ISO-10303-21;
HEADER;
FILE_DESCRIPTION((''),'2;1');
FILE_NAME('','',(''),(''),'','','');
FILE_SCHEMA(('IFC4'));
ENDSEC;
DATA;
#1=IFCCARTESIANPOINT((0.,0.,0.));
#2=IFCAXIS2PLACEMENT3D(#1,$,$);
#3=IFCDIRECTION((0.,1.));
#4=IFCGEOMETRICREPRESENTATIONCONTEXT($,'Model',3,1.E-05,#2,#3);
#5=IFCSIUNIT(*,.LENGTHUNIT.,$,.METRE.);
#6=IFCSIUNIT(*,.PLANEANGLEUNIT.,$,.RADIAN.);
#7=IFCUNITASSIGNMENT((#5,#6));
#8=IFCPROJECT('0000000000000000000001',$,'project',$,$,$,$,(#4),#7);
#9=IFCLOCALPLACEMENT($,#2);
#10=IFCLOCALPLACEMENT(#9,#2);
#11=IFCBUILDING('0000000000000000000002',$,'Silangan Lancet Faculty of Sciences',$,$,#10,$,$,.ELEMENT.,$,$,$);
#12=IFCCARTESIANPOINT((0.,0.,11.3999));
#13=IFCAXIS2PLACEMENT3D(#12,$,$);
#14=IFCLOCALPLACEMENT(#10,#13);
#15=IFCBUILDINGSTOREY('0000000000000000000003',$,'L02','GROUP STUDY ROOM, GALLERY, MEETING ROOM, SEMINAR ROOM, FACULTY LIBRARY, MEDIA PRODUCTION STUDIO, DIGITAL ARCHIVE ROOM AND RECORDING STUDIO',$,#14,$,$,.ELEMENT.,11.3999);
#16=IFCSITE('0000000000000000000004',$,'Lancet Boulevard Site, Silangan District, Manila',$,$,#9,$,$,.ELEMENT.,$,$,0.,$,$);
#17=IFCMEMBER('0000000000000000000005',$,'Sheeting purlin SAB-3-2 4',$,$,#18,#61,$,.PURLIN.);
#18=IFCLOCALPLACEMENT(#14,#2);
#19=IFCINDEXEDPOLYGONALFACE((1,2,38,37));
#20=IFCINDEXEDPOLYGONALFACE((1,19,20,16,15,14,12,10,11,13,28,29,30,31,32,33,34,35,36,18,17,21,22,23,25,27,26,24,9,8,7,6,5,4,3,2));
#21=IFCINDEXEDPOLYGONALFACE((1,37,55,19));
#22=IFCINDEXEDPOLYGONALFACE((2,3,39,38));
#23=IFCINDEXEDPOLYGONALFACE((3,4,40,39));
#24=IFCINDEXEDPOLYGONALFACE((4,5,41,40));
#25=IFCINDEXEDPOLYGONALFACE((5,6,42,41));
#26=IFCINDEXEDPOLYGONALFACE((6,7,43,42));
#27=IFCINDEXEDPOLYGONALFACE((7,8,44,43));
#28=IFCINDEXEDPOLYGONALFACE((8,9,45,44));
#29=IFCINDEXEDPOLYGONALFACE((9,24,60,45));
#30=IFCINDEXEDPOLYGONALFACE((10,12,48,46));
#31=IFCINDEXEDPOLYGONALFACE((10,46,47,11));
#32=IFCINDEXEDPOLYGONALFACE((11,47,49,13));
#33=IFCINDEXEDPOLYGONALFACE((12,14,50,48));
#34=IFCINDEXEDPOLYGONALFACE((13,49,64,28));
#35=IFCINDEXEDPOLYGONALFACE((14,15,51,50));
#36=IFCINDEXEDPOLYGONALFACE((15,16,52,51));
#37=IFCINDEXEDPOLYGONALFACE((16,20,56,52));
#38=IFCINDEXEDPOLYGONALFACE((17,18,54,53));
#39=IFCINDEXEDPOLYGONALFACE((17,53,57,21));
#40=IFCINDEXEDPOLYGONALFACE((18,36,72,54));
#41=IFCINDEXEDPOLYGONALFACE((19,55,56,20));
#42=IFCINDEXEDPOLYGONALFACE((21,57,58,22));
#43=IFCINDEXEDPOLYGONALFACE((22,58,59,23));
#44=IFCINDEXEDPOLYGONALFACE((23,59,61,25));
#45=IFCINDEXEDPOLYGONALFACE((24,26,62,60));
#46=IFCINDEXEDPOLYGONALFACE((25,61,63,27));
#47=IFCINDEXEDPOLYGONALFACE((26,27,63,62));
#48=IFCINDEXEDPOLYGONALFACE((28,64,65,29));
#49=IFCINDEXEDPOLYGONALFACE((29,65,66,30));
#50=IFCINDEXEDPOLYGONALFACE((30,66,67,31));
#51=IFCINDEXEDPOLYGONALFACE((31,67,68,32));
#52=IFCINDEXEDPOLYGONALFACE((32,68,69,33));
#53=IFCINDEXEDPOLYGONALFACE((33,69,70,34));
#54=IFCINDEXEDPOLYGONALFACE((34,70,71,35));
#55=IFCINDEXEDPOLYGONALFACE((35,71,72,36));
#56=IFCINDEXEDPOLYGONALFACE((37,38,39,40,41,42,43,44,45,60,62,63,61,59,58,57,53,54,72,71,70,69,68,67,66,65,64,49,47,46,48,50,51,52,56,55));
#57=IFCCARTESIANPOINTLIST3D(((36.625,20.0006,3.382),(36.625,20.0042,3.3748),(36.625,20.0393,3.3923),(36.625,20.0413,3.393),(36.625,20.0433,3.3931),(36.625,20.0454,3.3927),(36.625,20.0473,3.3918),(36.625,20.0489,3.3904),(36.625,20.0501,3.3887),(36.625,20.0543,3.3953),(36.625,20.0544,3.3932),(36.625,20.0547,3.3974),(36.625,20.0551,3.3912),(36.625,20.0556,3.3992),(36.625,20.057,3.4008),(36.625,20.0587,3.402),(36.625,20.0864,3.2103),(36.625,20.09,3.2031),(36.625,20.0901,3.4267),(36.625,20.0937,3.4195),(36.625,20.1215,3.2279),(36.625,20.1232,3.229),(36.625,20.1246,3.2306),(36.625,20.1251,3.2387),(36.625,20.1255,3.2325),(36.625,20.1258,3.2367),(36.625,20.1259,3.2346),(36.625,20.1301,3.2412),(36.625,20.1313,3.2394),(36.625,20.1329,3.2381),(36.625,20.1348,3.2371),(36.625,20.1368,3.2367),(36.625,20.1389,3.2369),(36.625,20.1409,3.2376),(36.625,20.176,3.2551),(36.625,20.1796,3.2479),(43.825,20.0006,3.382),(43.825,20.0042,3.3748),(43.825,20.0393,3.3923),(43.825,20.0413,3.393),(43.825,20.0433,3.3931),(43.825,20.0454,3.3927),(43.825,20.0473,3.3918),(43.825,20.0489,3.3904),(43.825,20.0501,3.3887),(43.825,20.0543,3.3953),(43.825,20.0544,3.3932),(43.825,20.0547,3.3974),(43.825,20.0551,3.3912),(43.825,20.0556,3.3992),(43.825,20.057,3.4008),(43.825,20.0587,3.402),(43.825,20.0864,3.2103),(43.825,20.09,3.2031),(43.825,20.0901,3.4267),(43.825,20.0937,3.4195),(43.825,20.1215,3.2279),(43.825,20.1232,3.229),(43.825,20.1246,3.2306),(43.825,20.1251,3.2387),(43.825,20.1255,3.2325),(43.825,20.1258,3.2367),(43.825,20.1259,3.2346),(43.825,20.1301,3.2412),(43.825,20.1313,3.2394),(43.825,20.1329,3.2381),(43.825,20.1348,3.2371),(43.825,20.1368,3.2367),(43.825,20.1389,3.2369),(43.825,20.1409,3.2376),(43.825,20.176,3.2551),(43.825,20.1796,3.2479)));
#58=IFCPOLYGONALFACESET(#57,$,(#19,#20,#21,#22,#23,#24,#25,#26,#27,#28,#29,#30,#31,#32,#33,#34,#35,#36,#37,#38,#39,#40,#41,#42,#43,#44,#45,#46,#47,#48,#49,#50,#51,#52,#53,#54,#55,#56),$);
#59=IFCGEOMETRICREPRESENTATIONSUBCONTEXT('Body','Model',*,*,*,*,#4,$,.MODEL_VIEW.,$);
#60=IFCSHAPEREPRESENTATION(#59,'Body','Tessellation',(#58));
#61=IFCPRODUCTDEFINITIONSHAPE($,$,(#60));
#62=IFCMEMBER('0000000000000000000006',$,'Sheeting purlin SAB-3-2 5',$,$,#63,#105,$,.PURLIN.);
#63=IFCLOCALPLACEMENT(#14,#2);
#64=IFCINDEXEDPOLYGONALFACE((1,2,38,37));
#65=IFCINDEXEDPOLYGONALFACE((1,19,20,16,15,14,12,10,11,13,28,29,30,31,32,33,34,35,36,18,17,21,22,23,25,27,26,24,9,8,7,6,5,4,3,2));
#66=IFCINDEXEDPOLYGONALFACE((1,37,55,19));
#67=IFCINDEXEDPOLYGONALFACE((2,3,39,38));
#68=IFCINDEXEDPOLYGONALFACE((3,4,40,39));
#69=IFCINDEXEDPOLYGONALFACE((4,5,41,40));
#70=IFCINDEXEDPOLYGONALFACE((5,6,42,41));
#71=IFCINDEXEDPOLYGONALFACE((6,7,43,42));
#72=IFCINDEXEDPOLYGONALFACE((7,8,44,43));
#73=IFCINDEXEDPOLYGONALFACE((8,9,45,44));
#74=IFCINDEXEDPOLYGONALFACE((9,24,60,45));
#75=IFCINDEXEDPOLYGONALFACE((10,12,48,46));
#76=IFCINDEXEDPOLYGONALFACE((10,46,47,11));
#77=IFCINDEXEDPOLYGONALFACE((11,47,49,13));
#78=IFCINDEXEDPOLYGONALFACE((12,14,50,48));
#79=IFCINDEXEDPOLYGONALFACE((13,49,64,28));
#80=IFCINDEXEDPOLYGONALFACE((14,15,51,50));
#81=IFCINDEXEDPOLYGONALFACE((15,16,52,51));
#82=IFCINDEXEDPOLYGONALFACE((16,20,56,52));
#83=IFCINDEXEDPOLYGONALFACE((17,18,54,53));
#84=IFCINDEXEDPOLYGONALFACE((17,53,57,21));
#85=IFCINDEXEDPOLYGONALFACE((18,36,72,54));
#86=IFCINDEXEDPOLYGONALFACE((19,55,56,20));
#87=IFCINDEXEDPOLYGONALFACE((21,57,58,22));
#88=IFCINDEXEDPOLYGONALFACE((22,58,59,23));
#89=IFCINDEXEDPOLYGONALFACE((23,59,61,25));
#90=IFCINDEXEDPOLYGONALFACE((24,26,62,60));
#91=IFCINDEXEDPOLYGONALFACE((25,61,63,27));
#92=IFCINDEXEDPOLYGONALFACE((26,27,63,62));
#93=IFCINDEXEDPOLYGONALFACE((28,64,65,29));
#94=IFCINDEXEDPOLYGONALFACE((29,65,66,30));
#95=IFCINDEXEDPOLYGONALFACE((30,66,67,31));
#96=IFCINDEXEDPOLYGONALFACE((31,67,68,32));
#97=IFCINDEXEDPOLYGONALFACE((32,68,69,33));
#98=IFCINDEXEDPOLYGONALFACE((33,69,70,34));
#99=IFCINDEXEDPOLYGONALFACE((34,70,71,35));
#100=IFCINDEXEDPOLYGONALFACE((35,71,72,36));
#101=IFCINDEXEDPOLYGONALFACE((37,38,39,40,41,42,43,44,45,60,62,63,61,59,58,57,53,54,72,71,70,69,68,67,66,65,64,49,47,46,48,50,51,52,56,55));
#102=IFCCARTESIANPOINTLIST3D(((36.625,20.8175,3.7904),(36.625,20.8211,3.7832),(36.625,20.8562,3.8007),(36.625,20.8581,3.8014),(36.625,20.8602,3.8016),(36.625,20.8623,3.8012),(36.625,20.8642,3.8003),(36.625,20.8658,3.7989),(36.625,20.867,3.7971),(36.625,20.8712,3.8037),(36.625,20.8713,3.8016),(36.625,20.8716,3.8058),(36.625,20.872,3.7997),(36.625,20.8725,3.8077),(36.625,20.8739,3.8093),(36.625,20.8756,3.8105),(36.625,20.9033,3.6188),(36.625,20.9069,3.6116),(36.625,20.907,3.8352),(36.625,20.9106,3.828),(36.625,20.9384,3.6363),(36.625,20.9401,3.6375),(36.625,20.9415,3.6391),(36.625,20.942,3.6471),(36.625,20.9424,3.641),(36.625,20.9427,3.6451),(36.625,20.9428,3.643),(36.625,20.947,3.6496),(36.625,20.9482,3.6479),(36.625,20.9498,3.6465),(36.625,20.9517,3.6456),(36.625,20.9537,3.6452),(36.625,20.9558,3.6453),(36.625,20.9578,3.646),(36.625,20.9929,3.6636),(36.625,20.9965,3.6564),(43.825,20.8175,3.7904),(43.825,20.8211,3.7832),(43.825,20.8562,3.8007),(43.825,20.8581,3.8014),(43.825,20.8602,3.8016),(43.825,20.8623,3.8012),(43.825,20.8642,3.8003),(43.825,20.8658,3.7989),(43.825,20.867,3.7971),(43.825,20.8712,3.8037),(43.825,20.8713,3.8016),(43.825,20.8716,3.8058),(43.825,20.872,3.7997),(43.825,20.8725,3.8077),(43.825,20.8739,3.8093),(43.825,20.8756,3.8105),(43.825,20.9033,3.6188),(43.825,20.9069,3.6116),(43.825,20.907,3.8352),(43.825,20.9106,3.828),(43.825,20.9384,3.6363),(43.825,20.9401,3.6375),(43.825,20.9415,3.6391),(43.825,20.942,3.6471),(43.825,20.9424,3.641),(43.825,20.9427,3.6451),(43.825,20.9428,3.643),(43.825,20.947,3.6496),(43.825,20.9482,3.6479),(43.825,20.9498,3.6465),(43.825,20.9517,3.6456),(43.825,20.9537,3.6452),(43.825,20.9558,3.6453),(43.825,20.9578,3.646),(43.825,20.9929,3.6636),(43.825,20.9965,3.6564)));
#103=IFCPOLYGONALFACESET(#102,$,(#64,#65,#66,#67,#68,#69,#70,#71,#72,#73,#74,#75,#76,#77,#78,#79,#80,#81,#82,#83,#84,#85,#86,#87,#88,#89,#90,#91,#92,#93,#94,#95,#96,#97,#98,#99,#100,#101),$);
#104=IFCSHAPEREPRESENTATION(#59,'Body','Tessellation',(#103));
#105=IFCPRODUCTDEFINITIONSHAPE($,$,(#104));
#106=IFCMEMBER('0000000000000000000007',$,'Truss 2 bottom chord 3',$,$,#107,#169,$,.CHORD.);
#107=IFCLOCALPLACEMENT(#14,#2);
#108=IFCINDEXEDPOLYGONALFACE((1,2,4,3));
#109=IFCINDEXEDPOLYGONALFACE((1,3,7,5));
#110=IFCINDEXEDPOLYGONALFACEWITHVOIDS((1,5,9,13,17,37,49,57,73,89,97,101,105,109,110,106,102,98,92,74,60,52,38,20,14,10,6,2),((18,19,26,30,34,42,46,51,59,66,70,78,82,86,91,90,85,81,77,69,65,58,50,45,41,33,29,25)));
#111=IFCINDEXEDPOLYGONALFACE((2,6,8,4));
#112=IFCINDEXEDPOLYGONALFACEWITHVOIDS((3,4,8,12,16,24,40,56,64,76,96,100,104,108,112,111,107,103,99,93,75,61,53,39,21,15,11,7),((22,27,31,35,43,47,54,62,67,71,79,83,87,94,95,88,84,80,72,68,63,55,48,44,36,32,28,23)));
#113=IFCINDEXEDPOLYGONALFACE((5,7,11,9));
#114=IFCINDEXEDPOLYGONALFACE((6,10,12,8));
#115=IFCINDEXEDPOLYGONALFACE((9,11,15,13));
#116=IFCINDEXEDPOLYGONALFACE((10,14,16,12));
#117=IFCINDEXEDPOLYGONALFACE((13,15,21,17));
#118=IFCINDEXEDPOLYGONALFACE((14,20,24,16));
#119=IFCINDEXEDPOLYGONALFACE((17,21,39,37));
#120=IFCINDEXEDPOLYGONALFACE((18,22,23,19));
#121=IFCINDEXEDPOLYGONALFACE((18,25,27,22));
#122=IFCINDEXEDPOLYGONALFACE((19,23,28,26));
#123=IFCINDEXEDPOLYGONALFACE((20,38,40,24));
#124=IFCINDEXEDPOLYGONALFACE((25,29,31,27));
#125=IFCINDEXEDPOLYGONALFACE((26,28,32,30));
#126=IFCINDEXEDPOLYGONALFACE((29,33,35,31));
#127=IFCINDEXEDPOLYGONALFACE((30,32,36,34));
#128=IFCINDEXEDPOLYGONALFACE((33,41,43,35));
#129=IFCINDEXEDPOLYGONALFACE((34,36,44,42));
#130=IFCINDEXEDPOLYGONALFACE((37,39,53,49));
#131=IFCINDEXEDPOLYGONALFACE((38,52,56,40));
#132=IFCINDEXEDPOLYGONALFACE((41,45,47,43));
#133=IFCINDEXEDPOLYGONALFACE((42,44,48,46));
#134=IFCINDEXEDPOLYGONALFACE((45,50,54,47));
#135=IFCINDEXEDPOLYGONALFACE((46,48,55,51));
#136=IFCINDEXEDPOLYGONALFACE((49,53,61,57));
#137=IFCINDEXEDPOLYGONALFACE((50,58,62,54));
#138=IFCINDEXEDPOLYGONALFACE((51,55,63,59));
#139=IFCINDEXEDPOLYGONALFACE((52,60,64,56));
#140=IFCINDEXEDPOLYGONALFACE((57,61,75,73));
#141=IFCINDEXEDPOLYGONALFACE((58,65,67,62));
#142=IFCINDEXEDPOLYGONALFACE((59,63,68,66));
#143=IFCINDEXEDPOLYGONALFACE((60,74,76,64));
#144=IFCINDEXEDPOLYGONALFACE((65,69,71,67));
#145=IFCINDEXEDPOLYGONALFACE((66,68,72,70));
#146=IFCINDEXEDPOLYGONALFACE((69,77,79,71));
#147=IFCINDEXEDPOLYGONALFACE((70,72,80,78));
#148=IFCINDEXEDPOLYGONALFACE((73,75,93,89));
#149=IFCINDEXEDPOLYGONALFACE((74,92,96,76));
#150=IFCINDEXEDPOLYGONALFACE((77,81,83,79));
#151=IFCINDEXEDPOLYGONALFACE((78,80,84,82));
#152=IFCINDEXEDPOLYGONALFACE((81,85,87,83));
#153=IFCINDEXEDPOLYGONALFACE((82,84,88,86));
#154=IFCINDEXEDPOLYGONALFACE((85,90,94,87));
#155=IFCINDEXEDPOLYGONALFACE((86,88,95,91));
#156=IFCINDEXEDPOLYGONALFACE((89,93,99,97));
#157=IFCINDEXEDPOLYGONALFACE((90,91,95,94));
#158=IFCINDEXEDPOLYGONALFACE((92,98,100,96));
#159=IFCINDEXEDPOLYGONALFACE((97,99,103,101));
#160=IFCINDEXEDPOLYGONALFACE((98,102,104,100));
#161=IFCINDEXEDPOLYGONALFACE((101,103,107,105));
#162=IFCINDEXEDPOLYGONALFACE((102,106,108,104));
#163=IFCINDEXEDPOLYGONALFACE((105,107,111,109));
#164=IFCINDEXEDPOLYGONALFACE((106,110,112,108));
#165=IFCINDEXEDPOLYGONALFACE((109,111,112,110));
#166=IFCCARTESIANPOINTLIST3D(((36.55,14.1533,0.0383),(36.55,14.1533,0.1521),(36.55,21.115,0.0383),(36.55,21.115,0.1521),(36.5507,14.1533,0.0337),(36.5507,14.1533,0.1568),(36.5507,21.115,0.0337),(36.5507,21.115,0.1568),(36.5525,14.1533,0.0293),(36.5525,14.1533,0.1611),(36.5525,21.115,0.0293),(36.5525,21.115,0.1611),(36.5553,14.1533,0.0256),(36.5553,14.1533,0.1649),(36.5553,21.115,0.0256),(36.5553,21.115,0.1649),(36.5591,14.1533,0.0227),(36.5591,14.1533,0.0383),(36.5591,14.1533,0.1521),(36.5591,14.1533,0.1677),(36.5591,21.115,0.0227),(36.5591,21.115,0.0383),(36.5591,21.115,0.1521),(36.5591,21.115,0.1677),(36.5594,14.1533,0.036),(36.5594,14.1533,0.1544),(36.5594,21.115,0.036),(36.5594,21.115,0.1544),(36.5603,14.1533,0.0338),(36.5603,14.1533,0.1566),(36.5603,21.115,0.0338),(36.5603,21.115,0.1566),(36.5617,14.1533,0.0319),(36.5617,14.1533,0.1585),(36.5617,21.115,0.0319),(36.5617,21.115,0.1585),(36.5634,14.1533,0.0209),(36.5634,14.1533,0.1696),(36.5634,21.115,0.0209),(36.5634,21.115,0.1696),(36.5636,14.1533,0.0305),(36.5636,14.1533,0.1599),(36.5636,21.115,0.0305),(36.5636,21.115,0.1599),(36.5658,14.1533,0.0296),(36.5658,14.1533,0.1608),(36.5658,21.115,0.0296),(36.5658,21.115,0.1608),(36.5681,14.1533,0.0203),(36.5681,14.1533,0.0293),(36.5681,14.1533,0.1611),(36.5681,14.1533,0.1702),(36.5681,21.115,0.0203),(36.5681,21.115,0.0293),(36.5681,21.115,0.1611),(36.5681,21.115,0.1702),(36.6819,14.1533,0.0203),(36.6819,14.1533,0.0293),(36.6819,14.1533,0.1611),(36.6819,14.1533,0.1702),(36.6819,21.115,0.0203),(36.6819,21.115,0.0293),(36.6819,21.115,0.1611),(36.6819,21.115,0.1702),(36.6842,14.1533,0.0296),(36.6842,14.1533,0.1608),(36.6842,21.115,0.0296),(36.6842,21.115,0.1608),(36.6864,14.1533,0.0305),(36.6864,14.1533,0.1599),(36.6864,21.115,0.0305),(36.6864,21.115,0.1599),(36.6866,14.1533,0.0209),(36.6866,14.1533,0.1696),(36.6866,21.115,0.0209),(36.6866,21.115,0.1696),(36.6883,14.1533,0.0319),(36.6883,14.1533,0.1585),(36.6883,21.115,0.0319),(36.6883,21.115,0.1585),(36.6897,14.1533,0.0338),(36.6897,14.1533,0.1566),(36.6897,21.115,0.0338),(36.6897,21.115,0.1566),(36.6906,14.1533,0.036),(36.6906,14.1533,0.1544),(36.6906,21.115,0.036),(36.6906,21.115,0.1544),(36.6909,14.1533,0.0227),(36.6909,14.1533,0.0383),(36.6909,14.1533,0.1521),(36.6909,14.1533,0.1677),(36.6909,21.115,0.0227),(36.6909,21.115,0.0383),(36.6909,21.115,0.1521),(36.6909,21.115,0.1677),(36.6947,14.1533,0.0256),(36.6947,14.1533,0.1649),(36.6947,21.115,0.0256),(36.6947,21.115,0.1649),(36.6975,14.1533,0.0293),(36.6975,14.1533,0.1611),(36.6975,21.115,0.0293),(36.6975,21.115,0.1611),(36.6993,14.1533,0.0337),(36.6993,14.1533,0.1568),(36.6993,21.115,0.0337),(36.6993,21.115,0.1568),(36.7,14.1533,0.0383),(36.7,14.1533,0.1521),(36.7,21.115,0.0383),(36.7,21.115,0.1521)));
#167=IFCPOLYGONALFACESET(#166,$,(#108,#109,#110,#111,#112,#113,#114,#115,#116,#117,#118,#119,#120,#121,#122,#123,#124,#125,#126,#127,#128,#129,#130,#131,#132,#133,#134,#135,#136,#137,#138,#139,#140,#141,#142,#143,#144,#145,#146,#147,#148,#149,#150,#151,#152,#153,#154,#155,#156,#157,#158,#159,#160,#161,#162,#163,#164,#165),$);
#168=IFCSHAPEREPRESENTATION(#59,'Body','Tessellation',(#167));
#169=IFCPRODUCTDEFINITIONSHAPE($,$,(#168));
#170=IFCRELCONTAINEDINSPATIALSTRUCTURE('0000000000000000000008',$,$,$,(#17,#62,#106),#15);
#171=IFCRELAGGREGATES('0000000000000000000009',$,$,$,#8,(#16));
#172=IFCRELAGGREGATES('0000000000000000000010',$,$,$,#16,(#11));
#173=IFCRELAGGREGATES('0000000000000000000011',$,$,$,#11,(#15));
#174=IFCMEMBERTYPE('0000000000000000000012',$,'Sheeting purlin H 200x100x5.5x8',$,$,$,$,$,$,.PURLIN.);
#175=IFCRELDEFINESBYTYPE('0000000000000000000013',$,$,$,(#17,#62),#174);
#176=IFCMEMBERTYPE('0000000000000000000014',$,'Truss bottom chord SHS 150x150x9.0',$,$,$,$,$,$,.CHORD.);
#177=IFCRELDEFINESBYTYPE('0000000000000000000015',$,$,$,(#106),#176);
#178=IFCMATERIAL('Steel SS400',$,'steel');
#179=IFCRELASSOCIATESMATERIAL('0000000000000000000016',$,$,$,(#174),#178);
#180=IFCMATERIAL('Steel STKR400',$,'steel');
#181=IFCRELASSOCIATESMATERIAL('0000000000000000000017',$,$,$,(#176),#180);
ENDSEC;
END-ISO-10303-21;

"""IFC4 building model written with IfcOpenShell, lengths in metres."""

from ifc_helpers import new_model, si_unit, direction, frame, origin, origin_2d, place, context, subcontext, project, spatial, hollow_rectangle, i_section, extrude, material, material_profile, profile_set, type_object, element, save


model = new_model("IFC4")

# Units and contexts
model_context = context("Model", 3, precision=1e-05, world=origin(), true_north=direction((0.0, 1.0)))
body_context = subcontext(model_context, "Body", "Model", "MODEL_VIEW")
ifc_project = project(units=[si_unit("LENGTHUNIT", "METRE"), si_unit("PLANEANGLEUNIT", "RADIAN")], contexts=[model_context])

# Site, building, storey
site_placement = place(None, origin())
site = spatial("IfcSite", under=ifc_project, at=site_placement, Name="Lancet Boulevard Site, Silangan District, Manila", CompositionType="ELEMENT", RefElevation=0.0)
building_placement = place(site_placement, origin())
building = spatial("IfcBuilding", under=site, at=building_placement, Name="Silangan Lancet Faculty of Sciences", CompositionType="ELEMENT")
storey_placement = place(building_placement, frame((0.0, 0.0, 11.3999)))
storey = spatial("IfcBuildingStorey", under=building, at=storey_placement, Name="L02", Description="GROUP STUDY ROOM, GALLERY, MEETING ROOM, SEMINAR ROOM, FACULTY LIBRARY, MEDIA PRODUCTION STUDIO, DIGITAL ARCHIVE ROOM AND RECORDING STUDIO", CompositionType="ELEMENT", Elevation=11.3999)

# Members
ifc_material_1 = material(Name="Steel SS400", Category="steel")
ifc_material_profile_1 = material_profile(ifc_material_1, i_section(OverallWidth=0.1001, OverallDepth=0.2, WebThickness=0.0056, FlangeThickness=0.0081, FilletRadius=0.0081, at=origin_2d()), Name="H 200x100x5.5x8")
ifc_profile_set_1 = profile_set([ifc_material_profile_1], Name="Steel SS400")
member_type_1 = type_object("IfcMemberType", Name="Sheeting purlin H 200x100x5.5x8", PredefinedType="PURLIN", material=ifc_profile_set_1)
for number, where, z_axis, x_axis, name in (
    (1, (36.625, 20.0901, 3.3149), (1.0, 0.0, 0.0), (0.0, 0.894427, 0.447214), "Sheeting purlin SAB-3-2 4"),
    (2, (36.625, 20.907, 3.7234), (1.0, 0.0, 0.0), (0.0, 0.894427, 0.447214), "Sheeting purlin SAB-3-2 5"),
):
    element("IfcMember", number, at=place(storey_placement, frame(where, z_axis=z_axis, x_axis=x_axis)), inside=storey, type_object=member_type_1, Name=name, PredefinedType="PURLIN", context=body_context, shape_type="SweptSolid", body=[
        extrude(i_section(OverallWidth=0.1001, OverallDepth=0.2, WebThickness=0.0056, FlangeThickness=0.0081, FilletRadius=0.0081, at=origin_2d()), origin(), (0.0, 0.0, 1.0), 7.2),
    ])
ifc_material_2 = material(Name="Steel STKR400", Category="steel")
ifc_material_profile_2 = material_profile(ifc_material_2, hollow_rectangle(XDim=0.1499, YDim=0.1499, WallThickness=0.009, InnerFilletRadius=0.009, OuterFilletRadius=0.0181, at=origin_2d()), Name="SHS 150x150x9.0")
ifc_profile_set_2 = profile_set([ifc_material_profile_2], Name="Steel STKR400")
member_type_2 = type_object("IfcMemberType", Name="Truss bottom chord SHS 150x150x9.0", PredefinedType="CHORD", material=ifc_profile_set_2)
member_1_placement = place(storey_placement, frame((36.625, 14.1533, 0.0952), z_axis=(0.0, 1.0, 0.0), x_axis=(-1.0, 0.0, 0.0)))
element("IfcMember", 3, at=member_1_placement, inside=storey, type_object=member_type_2, Name="Truss 2 bottom chord 3", PredefinedType="CHORD", context=body_context, shape_type="SweptSolid", body=[
    extrude(hollow_rectangle(XDim=0.1499, YDim=0.1499, WallThickness=0.009, InnerFilletRadius=0.009, OuterFilletRadius=0.0181, at=origin_2d()), origin(), (0.0, 0.0, 1.0), 6.9617),
])

save(model, "model.ifc")
